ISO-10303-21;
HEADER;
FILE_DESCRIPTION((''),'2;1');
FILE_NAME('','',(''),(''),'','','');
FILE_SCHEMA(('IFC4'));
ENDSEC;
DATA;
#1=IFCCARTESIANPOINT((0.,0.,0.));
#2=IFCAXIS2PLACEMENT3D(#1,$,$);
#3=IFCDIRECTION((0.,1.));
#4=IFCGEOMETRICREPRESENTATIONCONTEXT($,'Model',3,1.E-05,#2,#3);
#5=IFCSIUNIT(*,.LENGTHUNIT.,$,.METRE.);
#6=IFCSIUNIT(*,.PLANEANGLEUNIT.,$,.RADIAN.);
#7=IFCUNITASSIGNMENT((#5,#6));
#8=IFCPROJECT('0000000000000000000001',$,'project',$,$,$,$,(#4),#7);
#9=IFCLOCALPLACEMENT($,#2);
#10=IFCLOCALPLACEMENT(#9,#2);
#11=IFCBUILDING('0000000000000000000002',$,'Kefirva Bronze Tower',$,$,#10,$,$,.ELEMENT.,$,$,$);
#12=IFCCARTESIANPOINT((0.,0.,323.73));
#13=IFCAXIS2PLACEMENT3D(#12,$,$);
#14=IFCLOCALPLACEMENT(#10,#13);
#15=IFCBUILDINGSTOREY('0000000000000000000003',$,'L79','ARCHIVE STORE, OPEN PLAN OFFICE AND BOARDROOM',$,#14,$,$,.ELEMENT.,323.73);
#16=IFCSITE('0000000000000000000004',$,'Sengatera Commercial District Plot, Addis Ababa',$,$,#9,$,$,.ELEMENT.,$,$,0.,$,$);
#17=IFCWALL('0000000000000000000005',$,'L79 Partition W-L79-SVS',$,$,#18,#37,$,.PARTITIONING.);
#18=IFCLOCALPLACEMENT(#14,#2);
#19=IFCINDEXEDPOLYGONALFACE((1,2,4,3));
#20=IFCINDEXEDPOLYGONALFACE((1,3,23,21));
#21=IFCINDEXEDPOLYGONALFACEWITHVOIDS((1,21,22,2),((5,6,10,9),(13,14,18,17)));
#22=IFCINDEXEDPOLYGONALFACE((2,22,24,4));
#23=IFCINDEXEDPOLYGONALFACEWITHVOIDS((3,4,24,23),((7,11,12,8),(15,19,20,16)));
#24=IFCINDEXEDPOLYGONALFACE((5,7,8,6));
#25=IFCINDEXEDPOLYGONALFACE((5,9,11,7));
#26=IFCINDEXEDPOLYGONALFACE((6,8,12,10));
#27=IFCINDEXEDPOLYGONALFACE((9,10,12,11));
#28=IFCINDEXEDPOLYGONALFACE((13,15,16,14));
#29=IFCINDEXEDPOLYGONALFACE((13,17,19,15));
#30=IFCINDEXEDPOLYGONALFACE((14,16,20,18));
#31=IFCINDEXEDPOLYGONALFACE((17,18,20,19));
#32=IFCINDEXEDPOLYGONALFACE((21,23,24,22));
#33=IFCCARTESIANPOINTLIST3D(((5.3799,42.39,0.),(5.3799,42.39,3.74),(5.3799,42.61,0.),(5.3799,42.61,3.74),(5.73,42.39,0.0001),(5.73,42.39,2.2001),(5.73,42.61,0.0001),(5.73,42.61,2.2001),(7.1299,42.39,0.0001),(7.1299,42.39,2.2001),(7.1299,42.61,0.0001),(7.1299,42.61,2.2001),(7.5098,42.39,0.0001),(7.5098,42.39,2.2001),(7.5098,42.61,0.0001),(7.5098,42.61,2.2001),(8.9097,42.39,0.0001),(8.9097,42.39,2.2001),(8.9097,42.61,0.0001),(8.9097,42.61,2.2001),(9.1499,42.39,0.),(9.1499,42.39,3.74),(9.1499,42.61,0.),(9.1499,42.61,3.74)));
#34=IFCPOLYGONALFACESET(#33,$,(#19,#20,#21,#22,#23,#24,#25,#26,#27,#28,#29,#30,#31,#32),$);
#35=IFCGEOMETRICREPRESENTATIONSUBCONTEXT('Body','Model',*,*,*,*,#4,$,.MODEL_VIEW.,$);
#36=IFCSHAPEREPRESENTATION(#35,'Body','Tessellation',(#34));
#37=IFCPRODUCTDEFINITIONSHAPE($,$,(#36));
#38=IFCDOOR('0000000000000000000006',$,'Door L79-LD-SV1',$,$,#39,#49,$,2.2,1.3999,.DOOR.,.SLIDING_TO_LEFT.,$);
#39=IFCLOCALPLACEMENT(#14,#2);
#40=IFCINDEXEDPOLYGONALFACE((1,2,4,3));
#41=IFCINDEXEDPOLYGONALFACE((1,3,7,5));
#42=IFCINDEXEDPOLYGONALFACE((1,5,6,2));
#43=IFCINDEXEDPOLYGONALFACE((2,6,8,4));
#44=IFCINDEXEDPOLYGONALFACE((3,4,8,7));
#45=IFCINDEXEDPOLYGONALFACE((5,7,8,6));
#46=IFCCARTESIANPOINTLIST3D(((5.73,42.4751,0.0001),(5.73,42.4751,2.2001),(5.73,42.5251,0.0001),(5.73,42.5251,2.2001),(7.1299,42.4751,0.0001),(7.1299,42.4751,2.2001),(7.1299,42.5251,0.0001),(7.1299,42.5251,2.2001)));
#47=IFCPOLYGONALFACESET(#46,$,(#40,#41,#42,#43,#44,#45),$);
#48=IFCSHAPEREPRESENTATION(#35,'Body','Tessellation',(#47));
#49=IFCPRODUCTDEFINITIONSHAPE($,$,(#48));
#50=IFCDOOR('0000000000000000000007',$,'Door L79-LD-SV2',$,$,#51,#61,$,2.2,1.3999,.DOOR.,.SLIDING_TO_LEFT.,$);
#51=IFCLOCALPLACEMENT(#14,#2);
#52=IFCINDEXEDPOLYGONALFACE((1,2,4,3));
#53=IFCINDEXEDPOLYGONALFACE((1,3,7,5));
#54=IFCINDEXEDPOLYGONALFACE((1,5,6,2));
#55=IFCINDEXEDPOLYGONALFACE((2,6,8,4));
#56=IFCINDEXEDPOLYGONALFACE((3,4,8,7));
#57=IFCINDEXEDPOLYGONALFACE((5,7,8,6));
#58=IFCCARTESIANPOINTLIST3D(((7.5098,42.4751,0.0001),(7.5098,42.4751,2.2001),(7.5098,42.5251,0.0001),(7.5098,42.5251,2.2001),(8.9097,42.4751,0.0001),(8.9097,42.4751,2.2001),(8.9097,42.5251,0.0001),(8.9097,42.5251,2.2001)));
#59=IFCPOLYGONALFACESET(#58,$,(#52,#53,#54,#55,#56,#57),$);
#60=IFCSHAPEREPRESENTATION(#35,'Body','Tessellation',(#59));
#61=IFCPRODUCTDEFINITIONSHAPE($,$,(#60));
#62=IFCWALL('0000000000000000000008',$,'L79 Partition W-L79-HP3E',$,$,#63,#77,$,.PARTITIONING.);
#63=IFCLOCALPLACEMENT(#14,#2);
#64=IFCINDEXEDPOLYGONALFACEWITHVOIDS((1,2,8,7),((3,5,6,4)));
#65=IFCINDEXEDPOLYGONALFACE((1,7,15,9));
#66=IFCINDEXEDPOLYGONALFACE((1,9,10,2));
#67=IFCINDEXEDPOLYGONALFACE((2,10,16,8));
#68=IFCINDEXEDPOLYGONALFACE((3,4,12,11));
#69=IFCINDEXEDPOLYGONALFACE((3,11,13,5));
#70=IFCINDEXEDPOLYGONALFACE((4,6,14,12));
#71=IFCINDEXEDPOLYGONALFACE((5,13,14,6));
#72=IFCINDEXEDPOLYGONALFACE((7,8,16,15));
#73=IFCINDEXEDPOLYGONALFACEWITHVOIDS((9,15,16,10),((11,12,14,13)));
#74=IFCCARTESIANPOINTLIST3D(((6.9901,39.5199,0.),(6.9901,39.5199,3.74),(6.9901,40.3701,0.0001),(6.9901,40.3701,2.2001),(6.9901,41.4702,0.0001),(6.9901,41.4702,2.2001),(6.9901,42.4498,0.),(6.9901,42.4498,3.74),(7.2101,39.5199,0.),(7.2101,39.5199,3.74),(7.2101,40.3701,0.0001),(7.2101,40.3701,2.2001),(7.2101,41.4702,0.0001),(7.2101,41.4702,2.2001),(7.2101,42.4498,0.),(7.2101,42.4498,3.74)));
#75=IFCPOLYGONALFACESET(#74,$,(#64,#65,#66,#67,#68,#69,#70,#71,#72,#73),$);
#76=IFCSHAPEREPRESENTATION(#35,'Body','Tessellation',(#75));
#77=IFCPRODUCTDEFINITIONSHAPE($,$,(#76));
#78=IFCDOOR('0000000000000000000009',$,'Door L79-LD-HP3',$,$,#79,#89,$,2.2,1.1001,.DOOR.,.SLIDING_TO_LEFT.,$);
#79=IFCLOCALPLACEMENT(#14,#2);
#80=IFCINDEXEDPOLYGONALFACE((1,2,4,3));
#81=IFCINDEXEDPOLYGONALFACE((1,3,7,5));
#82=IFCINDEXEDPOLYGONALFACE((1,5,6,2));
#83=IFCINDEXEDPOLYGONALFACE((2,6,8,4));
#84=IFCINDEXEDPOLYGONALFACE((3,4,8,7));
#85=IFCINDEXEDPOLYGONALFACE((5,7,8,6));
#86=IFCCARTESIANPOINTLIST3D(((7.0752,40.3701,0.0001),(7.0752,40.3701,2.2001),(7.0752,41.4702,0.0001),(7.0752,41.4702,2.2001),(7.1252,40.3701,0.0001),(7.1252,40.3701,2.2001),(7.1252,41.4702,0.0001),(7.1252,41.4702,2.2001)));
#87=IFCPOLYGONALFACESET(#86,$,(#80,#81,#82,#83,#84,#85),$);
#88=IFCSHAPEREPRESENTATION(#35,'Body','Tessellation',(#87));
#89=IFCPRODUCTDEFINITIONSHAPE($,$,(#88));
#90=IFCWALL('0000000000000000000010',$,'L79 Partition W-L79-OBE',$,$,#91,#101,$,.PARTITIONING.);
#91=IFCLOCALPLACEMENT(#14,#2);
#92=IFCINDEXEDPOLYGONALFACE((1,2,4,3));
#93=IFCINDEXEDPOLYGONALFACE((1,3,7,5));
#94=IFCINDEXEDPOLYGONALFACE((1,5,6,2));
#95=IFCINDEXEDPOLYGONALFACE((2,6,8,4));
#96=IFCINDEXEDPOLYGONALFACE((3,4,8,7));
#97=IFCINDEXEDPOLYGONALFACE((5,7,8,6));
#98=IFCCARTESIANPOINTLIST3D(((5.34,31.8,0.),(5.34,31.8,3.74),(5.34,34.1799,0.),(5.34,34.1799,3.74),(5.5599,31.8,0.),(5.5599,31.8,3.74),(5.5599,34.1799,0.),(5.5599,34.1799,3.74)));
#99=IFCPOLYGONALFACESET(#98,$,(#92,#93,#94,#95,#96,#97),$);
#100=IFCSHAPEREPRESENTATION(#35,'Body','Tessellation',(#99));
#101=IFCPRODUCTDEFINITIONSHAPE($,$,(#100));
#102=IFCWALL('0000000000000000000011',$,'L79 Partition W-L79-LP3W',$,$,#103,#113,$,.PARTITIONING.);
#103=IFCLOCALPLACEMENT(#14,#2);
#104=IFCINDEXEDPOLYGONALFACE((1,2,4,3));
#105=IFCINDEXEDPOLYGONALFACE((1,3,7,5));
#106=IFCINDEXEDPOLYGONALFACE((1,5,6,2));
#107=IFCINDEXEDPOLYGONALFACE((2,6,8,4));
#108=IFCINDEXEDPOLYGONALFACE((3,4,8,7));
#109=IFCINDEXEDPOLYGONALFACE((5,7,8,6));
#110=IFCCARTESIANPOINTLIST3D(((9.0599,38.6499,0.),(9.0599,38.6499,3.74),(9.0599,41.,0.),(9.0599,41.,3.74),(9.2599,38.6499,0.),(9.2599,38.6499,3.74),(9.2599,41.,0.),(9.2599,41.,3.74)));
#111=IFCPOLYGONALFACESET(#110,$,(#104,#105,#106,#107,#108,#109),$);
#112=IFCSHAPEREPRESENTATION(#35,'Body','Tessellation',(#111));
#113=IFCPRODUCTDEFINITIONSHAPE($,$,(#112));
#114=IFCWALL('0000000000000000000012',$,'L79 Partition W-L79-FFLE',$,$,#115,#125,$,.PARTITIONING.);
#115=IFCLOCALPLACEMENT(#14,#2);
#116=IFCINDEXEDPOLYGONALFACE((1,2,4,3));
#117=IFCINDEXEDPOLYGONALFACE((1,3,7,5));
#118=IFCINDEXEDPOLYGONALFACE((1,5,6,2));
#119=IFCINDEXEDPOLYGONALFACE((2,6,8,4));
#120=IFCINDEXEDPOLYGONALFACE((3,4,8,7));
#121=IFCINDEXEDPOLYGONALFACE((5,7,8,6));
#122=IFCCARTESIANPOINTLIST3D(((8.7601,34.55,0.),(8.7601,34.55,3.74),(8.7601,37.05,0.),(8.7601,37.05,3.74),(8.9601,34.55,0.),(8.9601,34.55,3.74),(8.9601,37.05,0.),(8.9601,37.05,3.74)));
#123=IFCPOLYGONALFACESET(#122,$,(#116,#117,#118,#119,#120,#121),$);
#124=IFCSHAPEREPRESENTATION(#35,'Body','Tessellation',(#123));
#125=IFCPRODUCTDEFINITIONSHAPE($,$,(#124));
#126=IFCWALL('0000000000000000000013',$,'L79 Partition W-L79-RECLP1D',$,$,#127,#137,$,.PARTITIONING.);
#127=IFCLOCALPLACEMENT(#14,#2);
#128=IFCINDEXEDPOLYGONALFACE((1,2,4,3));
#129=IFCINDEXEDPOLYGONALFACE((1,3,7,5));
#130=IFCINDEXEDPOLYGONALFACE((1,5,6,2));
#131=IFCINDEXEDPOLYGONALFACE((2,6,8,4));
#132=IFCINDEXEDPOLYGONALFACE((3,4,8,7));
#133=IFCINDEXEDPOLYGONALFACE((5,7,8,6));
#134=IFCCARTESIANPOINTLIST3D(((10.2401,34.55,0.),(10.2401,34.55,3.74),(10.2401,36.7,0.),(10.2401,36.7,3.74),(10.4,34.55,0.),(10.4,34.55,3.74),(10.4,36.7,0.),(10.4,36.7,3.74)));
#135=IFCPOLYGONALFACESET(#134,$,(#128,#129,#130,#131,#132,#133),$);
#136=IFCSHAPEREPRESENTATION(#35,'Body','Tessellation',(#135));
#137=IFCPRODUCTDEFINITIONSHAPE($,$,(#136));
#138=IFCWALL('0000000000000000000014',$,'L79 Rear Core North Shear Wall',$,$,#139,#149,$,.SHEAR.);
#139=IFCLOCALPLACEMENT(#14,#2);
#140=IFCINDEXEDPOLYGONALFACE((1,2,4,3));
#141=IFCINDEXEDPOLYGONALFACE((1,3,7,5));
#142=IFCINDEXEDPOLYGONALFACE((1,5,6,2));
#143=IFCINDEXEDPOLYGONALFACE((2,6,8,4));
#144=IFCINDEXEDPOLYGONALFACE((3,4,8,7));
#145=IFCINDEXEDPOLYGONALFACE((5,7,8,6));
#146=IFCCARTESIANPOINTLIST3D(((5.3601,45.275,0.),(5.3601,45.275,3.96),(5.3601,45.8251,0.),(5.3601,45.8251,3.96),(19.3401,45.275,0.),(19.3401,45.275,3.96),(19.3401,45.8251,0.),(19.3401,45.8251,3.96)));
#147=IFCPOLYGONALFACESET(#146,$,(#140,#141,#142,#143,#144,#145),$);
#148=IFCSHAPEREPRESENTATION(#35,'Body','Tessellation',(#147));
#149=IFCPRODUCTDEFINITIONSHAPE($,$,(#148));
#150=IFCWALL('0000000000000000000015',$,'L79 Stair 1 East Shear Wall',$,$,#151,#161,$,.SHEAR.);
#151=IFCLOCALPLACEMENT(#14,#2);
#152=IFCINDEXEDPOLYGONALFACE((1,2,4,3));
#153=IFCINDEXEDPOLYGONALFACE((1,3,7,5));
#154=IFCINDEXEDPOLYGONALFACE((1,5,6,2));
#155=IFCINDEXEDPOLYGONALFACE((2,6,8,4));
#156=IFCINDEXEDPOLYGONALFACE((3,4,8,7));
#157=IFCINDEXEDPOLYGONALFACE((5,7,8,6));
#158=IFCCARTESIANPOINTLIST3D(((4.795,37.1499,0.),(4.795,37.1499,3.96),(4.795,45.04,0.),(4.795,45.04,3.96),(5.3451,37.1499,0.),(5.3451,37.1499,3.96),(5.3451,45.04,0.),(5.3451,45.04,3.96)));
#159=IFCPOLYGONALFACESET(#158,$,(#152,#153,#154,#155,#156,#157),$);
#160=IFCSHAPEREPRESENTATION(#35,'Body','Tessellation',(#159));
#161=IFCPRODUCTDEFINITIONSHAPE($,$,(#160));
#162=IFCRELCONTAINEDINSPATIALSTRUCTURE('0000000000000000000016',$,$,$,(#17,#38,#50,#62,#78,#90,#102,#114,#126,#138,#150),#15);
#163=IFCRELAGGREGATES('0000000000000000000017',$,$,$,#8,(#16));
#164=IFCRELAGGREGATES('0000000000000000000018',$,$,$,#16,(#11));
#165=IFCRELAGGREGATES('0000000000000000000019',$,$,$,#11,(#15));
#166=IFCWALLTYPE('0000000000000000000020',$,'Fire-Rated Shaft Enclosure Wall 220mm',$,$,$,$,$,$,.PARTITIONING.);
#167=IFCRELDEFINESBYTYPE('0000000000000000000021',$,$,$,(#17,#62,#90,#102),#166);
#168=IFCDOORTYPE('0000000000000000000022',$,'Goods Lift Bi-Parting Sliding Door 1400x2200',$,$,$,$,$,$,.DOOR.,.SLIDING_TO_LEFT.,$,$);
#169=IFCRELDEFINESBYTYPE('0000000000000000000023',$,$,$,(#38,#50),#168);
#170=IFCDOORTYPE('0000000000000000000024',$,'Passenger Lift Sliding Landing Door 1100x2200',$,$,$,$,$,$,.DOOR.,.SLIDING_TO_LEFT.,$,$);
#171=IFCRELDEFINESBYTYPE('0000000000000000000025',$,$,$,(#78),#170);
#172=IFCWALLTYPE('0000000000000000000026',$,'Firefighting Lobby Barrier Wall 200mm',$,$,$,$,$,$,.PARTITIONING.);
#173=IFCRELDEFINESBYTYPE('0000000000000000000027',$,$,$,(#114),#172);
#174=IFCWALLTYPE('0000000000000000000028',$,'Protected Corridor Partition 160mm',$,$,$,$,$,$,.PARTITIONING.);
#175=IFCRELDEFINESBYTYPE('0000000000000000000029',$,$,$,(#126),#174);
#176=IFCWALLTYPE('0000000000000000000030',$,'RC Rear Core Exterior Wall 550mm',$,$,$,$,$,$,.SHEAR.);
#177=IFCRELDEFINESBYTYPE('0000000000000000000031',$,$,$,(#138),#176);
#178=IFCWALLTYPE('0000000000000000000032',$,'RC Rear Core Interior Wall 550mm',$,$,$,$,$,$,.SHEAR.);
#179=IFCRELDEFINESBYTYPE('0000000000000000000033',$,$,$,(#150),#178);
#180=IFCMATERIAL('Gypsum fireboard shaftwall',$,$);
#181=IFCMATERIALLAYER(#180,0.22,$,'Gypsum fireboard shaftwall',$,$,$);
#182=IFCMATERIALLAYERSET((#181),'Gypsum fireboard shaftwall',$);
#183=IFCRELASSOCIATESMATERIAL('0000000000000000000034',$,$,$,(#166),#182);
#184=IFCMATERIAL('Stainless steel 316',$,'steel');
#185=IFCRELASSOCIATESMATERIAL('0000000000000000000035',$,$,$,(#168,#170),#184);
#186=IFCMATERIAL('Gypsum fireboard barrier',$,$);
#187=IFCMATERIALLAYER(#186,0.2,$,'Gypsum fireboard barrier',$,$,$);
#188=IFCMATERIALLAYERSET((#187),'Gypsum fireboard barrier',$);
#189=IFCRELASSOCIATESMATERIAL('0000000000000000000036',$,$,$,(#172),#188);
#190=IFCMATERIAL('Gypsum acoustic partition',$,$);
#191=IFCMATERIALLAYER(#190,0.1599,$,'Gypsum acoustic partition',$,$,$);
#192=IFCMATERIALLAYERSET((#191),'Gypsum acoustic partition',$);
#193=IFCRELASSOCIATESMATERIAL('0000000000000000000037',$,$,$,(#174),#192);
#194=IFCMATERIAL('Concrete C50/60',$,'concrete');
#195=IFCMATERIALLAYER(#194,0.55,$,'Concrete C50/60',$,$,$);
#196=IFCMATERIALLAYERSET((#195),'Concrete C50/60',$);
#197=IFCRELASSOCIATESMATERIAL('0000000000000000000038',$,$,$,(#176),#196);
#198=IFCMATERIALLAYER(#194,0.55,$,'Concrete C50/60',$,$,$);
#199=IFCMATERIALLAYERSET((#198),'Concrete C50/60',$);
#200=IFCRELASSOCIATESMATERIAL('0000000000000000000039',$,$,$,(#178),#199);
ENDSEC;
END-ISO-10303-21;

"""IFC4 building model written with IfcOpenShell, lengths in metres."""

from ifc_helpers import new_model, si_unit, direction, frame, frame_2d, origin, place, context, subcontext, project, spatial, rectangle, extrude, material, layer, layer_set, type_object, element, fill, save


model = new_model("IFC4")

# Units and contexts
model_context = context("Model", 3, precision=1e-05, world=origin(), true_north=direction((0.0, 1.0)))
body_context = subcontext(model_context, "Body", "Model", "MODEL_VIEW")
ifc_project = project(units=[si_unit("LENGTHUNIT", "METRE"), si_unit("PLANEANGLEUNIT", "RADIAN")], contexts=[model_context])

# Site, building, storey
site_placement = place(None, origin())
site = spatial("IfcSite", under=ifc_project, at=site_placement, Name="Sengatera Commercial District Plot, Addis Ababa", CompositionType="ELEMENT", RefElevation=0.0)
building_placement = place(site_placement, origin())
building = spatial("IfcBuilding", under=site, at=building_placement, Name="Kefirva Bronze Tower", CompositionType="ELEMENT")
storey_placement = place(building_placement, frame((0.0, 0.0, 323.73)))
storey = spatial("IfcBuildingStorey", under=building, at=storey_placement, Name="L79", Description="ARCHIVE STORE, OPEN PLAN OFFICE AND BOARDROOM", CompositionType="ELEMENT", Elevation=323.73)

# Shared definitions
ifc_material_1 = material(Name="Concrete C50/60", Category="concrete")

# Shared definitions
ifc_material_2 = material(Name="Gypsum fireboard shaftwall")
ifc_layer_1 = layer(ifc_material_2, 0.22, Name="Gypsum fireboard shaftwall")
ifc_layer_set_1 = layer_set([ifc_layer_1], Name="Gypsum fireboard shaftwall")
wall_type_1 = type_object("IfcWallType", Name="Fire-Rated Shaft Enclosure Wall 220mm", PredefinedType="PARTITIONING", material=ifc_layer_set_1)
ifc_material_3 = material(Name="Stainless steel 316", Category="steel")

# Wall, openings, doors
wall_1_placement = place(storey_placement, frame((5.3799, 42.5, 0.0), z_axis=(0.0, 0.0, 1.0), x_axis=(1.0, 0.0, 0.0)))
wall_1 = element("IfcWall", 1, at=wall_1_placement, inside=storey, type_object=wall_type_1, Name="L79 Partition W-L79-SVS", PredefinedType="PARTITIONING", context=body_context, shape_type="SweptSolid", body=[
    extrude(rectangle(XDim=3.77, YDim=0.22, at=frame_2d((1.885, 0.0))), origin(), (0.0, 0.0, 1.0), 3.74),
])
opening_1_placement = place(wall_1_placement, frame((1.75, 0.0, 0.0), z_axis=(0.0, 0.0, 1.0), x_axis=(-1.0, 0.0, 0.0)))
opening_1 = element("IfcOpeningElement", 2, at=opening_1_placement, cuts=wall_1, PredefinedType="OPENING", context=body_context, shape_type="SweptSolid", body=[
    extrude(rectangle(XDim=1.3999, YDim=2.2, at=frame_2d((0.7, 1.1001))), frame((0.0, 0.1201, 0.0), z_axis=(0.0, -1.0, 0.0), x_axis=(1.0, 0.0, 0.0)), (0.0, 0.0, 1.0), 0.24),
])
opening_2_placement = place(wall_1_placement, frame((3.5298, 0.0, 0.0), z_axis=(0.0, 0.0, 1.0), x_axis=(-1.0, 0.0, 0.0)))
opening_2 = element("IfcOpeningElement", 3, at=opening_2_placement, cuts=wall_1, PredefinedType="OPENING", context=body_context, shape_type="SweptSolid", body=[
    extrude(rectangle(XDim=1.3999, YDim=2.2, at=frame_2d((0.7, 1.1001))), frame((0.0, 0.1201, 0.0), z_axis=(0.0, -1.0, 0.0), x_axis=(1.0, 0.0, 0.0)), (0.0, 0.0, 1.0), 0.24),
])
door_type_1 = type_object("IfcDoorType", Name="Goods Lift Bi-Parting Sliding Door 1400x2200", OperationType="SLIDING_TO_LEFT", PredefinedType="DOOR", material=ifc_material_3)
door_1_placement = place(opening_1_placement, origin())
door_1 = element("IfcDoor", 4, at=door_1_placement, inside=storey, type_object=door_type_1, Name="Door L79-LD-SV1", OperationType="SLIDING_TO_LEFT", OverallHeight=2.2, OverallWidth=1.3999, PredefinedType="DOOR", context=body_context, shape_type="SweptSolid", body=[
    extrude(rectangle(XDim=1.3999, YDim=2.2, at=frame_2d((0.7, 1.1001))), frame((0.0, 0.0249, 0.0), z_axis=(0.0, -1.0, 0.0), x_axis=(1.0, 0.0, 0.0)), (0.0, 0.0, 1.0), 0.05),
])
fill(opening_1, door_1)
door_2_placement = place(opening_2_placement, origin())
door_2 = element("IfcDoor", 5, at=door_2_placement, inside=storey, type_object=door_type_1, Name="Door L79-LD-SV2", OperationType="SLIDING_TO_LEFT", OverallHeight=2.2, OverallWidth=1.3999, PredefinedType="DOOR", context=body_context, shape_type="SweptSolid", body=[
    extrude(rectangle(XDim=1.3999, YDim=2.2, at=frame_2d((0.7, 1.1001))), frame((0.0, 0.0249, 0.0), z_axis=(0.0, -1.0, 0.0), x_axis=(1.0, 0.0, 0.0)), (0.0, 0.0, 1.0), 0.05),
])
fill(opening_2, door_2)

# Wall, opening, door
wall_2_placement = place(storey_placement, frame((7.1001, 39.52, 0.0), z_axis=(0.0, 0.0, 1.0), x_axis=(0.0, 1.0, 0.0)))
wall_2 = element("IfcWall", 6, at=wall_2_placement, inside=storey, type_object=wall_type_1, Name="L79 Partition W-L79-HP3E", PredefinedType="PARTITIONING", context=body_context, shape_type="SweptSolid", body=[
    extrude(rectangle(XDim=2.9299, YDim=0.22, at=frame_2d((1.4648, 0.0))), origin(), (0.0, 0.0, 1.0), 3.74),
])
opening_3_placement = place(wall_2_placement, frame((0.8501, 0.0, 0.0)))
opening_3 = element("IfcOpeningElement", 7, at=opening_3_placement, cuts=wall_2, PredefinedType="OPENING", context=body_context, shape_type="SweptSolid", body=[
    extrude(rectangle(XDim=1.1001, YDim=2.2, at=frame_2d((0.55, 1.1001))), frame((0.0, 0.1201, 0.0), z_axis=(0.0, -1.0, 0.0), x_axis=(1.0, 0.0, 0.0)), (0.0, 0.0, 1.0), 0.24),
])
door_type_2 = type_object("IfcDoorType", Name="Passenger Lift Sliding Landing Door 1100x2200", OperationType="SLIDING_TO_LEFT", PredefinedType="DOOR", material=ifc_material_3)
door_3_placement = place(opening_3_placement, origin())
door_3 = element("IfcDoor", 8, at=door_3_placement, inside=storey, type_object=door_type_2, Name="Door L79-LD-HP3", OperationType="SLIDING_TO_LEFT", OverallHeight=2.2, OverallWidth=1.1001, PredefinedType="DOOR", context=body_context, shape_type="SweptSolid", body=[
    extrude(rectangle(XDim=1.1001, YDim=2.2, at=frame_2d((0.55, 1.1001))), frame((0.0, 0.0249, 0.0), z_axis=(0.0, -1.0, 0.0), x_axis=(1.0, 0.0, 0.0)), (0.0, 0.0, 1.0), 0.05),
])
fill(opening_3, door_3)

# Walls
wall_3_placement = place(storey_placement, frame((5.45, 31.8, 0.0), z_axis=(0.0, 0.0, 1.0), x_axis=(0.0, 1.0, 0.0)))
element("IfcWall", 9, at=wall_3_placement, inside=storey, type_object=wall_type_1, Name="L79 Partition W-L79-OBE", PredefinedType="PARTITIONING", context=body_context, shape_type="SweptSolid", body=[
    extrude(rectangle(XDim=2.3799, YDim=0.22, at=frame_2d((1.1899, 0.0))), origin(), (0.0, 0.0, 1.0), 3.74),
])
wall_4_placement = place(storey_placement, frame((9.1599, 38.6499, 0.0), z_axis=(0.0, 0.0, 1.0), x_axis=(0.0, 1.0, 0.0)))
element("IfcWall", 10, at=wall_4_placement, inside=storey, type_object=wall_type_1, Name="L79 Partition W-L79-LP3W", PredefinedType="PARTITIONING", context=body_context, shape_type="SweptSolid", body=[
    extrude(rectangle(XDim=2.3501, YDim=0.2, at=frame_2d((1.175, 0.0))), origin(), (0.0, 0.0, 1.0), 3.74),
])
ifc_material_4 = material(Name="Gypsum fireboard barrier")
ifc_layer_2 = layer(ifc_material_4, 0.2, Name="Gypsum fireboard barrier")
ifc_layer_set_2 = layer_set([ifc_layer_2], Name="Gypsum fireboard barrier")
wall_type_2 = type_object("IfcWallType", Name="Firefighting Lobby Barrier Wall 200mm", PredefinedType="PARTITIONING", material=ifc_layer_set_2)
wall_5_placement = place(storey_placement, frame((8.8601, 34.55, 0.0), z_axis=(0.0, 0.0, 1.0), x_axis=(0.0, 1.0, 0.0)))
element("IfcWall", 11, at=wall_5_placement, inside=storey, type_object=wall_type_2, Name="L79 Partition W-L79-FFLE", PredefinedType="PARTITIONING", context=body_context, shape_type="SweptSolid", body=[
    extrude(rectangle(XDim=2.5, YDim=0.2, at=frame_2d((1.25, 0.0))), origin(), (0.0, 0.0, 1.0), 3.74),
])

# Shared definitions
ifc_material_5 = material(Name="Gypsum acoustic partition")
ifc_layer_3 = layer(ifc_material_5, 0.1599, Name="Gypsum acoustic partition")
ifc_layer_set_3 = layer_set([ifc_layer_3], Name="Gypsum acoustic partition")
wall_type_3 = type_object("IfcWallType", Name="Protected Corridor Partition 160mm", PredefinedType="PARTITIONING", material=ifc_layer_set_3)

# Wall
wall_6_placement = place(storey_placement, frame((10.3201, 34.55, 0.0), z_axis=(0.0, 0.0, 1.0), x_axis=(0.0, 1.0, 0.0)))
element("IfcWall", 12, at=wall_6_placement, inside=storey, type_object=wall_type_3, Name="L79 Partition W-L79-RECLP1D", PredefinedType="PARTITIONING", context=body_context, shape_type="SweptSolid", body=[
    extrude(rectangle(XDim=2.1499, YDim=0.1599, at=frame_2d((1.075, 0.0))), origin(), (0.0, 0.0, 1.0), 3.74),
])

# Walls
ifc_layer_4 = layer(ifc_material_1, 0.55, Name="Concrete C50/60")
ifc_layer_set_4 = layer_set([ifc_layer_4], Name="Concrete C50/60")
wall_type_4 = type_object("IfcWallType", Name="RC Rear Core Exterior Wall 550mm", PredefinedType="SHEAR", material=ifc_layer_set_4)
wall_7_placement = place(storey_placement, frame((5.3601, 45.55, 0.0), z_axis=(0.0, 0.0, 1.0), x_axis=(1.0, 0.0, 0.0)))
element("IfcWall", 13, at=wall_7_placement, inside=storey, type_object=wall_type_4, Name="L79 Rear Core North Shear Wall", PredefinedType="SHEAR", context=body_context, shape_type="SweptSolid", body=[
    extrude(rectangle(XDim=13.98, YDim=0.55, at=frame_2d((6.99, 0.0))), origin(), (0.0, 0.0, 1.0), 3.96),
])
ifc_layer_5 = layer(ifc_material_1, 0.55, Name="Concrete C50/60")
ifc_layer_set_5 = layer_set([ifc_layer_5], Name="Concrete C50/60")
wall_type_5 = type_object("IfcWallType", Name="RC Rear Core Interior Wall 550mm", PredefinedType="SHEAR", material=ifc_layer_set_5)
wall_8_placement = place(storey_placement, frame((5.0701, 37.1499, 0.0), z_axis=(0.0, 0.0, 1.0), x_axis=(0.0, 1.0, 0.0)))
element("IfcWall", 14, at=wall_8_placement, inside=storey, type_object=wall_type_5, Name="L79 Stair 1 East Shear Wall", PredefinedType="SHEAR", context=body_context, shape_type="SweptSolid", body=[
    extrude(rectangle(XDim=7.8901, YDim=0.55, at=frame_2d((3.9451, 0.0))), origin(), (0.0, 0.0, 1.0), 3.96),
])

save(model, "model.ifc")
